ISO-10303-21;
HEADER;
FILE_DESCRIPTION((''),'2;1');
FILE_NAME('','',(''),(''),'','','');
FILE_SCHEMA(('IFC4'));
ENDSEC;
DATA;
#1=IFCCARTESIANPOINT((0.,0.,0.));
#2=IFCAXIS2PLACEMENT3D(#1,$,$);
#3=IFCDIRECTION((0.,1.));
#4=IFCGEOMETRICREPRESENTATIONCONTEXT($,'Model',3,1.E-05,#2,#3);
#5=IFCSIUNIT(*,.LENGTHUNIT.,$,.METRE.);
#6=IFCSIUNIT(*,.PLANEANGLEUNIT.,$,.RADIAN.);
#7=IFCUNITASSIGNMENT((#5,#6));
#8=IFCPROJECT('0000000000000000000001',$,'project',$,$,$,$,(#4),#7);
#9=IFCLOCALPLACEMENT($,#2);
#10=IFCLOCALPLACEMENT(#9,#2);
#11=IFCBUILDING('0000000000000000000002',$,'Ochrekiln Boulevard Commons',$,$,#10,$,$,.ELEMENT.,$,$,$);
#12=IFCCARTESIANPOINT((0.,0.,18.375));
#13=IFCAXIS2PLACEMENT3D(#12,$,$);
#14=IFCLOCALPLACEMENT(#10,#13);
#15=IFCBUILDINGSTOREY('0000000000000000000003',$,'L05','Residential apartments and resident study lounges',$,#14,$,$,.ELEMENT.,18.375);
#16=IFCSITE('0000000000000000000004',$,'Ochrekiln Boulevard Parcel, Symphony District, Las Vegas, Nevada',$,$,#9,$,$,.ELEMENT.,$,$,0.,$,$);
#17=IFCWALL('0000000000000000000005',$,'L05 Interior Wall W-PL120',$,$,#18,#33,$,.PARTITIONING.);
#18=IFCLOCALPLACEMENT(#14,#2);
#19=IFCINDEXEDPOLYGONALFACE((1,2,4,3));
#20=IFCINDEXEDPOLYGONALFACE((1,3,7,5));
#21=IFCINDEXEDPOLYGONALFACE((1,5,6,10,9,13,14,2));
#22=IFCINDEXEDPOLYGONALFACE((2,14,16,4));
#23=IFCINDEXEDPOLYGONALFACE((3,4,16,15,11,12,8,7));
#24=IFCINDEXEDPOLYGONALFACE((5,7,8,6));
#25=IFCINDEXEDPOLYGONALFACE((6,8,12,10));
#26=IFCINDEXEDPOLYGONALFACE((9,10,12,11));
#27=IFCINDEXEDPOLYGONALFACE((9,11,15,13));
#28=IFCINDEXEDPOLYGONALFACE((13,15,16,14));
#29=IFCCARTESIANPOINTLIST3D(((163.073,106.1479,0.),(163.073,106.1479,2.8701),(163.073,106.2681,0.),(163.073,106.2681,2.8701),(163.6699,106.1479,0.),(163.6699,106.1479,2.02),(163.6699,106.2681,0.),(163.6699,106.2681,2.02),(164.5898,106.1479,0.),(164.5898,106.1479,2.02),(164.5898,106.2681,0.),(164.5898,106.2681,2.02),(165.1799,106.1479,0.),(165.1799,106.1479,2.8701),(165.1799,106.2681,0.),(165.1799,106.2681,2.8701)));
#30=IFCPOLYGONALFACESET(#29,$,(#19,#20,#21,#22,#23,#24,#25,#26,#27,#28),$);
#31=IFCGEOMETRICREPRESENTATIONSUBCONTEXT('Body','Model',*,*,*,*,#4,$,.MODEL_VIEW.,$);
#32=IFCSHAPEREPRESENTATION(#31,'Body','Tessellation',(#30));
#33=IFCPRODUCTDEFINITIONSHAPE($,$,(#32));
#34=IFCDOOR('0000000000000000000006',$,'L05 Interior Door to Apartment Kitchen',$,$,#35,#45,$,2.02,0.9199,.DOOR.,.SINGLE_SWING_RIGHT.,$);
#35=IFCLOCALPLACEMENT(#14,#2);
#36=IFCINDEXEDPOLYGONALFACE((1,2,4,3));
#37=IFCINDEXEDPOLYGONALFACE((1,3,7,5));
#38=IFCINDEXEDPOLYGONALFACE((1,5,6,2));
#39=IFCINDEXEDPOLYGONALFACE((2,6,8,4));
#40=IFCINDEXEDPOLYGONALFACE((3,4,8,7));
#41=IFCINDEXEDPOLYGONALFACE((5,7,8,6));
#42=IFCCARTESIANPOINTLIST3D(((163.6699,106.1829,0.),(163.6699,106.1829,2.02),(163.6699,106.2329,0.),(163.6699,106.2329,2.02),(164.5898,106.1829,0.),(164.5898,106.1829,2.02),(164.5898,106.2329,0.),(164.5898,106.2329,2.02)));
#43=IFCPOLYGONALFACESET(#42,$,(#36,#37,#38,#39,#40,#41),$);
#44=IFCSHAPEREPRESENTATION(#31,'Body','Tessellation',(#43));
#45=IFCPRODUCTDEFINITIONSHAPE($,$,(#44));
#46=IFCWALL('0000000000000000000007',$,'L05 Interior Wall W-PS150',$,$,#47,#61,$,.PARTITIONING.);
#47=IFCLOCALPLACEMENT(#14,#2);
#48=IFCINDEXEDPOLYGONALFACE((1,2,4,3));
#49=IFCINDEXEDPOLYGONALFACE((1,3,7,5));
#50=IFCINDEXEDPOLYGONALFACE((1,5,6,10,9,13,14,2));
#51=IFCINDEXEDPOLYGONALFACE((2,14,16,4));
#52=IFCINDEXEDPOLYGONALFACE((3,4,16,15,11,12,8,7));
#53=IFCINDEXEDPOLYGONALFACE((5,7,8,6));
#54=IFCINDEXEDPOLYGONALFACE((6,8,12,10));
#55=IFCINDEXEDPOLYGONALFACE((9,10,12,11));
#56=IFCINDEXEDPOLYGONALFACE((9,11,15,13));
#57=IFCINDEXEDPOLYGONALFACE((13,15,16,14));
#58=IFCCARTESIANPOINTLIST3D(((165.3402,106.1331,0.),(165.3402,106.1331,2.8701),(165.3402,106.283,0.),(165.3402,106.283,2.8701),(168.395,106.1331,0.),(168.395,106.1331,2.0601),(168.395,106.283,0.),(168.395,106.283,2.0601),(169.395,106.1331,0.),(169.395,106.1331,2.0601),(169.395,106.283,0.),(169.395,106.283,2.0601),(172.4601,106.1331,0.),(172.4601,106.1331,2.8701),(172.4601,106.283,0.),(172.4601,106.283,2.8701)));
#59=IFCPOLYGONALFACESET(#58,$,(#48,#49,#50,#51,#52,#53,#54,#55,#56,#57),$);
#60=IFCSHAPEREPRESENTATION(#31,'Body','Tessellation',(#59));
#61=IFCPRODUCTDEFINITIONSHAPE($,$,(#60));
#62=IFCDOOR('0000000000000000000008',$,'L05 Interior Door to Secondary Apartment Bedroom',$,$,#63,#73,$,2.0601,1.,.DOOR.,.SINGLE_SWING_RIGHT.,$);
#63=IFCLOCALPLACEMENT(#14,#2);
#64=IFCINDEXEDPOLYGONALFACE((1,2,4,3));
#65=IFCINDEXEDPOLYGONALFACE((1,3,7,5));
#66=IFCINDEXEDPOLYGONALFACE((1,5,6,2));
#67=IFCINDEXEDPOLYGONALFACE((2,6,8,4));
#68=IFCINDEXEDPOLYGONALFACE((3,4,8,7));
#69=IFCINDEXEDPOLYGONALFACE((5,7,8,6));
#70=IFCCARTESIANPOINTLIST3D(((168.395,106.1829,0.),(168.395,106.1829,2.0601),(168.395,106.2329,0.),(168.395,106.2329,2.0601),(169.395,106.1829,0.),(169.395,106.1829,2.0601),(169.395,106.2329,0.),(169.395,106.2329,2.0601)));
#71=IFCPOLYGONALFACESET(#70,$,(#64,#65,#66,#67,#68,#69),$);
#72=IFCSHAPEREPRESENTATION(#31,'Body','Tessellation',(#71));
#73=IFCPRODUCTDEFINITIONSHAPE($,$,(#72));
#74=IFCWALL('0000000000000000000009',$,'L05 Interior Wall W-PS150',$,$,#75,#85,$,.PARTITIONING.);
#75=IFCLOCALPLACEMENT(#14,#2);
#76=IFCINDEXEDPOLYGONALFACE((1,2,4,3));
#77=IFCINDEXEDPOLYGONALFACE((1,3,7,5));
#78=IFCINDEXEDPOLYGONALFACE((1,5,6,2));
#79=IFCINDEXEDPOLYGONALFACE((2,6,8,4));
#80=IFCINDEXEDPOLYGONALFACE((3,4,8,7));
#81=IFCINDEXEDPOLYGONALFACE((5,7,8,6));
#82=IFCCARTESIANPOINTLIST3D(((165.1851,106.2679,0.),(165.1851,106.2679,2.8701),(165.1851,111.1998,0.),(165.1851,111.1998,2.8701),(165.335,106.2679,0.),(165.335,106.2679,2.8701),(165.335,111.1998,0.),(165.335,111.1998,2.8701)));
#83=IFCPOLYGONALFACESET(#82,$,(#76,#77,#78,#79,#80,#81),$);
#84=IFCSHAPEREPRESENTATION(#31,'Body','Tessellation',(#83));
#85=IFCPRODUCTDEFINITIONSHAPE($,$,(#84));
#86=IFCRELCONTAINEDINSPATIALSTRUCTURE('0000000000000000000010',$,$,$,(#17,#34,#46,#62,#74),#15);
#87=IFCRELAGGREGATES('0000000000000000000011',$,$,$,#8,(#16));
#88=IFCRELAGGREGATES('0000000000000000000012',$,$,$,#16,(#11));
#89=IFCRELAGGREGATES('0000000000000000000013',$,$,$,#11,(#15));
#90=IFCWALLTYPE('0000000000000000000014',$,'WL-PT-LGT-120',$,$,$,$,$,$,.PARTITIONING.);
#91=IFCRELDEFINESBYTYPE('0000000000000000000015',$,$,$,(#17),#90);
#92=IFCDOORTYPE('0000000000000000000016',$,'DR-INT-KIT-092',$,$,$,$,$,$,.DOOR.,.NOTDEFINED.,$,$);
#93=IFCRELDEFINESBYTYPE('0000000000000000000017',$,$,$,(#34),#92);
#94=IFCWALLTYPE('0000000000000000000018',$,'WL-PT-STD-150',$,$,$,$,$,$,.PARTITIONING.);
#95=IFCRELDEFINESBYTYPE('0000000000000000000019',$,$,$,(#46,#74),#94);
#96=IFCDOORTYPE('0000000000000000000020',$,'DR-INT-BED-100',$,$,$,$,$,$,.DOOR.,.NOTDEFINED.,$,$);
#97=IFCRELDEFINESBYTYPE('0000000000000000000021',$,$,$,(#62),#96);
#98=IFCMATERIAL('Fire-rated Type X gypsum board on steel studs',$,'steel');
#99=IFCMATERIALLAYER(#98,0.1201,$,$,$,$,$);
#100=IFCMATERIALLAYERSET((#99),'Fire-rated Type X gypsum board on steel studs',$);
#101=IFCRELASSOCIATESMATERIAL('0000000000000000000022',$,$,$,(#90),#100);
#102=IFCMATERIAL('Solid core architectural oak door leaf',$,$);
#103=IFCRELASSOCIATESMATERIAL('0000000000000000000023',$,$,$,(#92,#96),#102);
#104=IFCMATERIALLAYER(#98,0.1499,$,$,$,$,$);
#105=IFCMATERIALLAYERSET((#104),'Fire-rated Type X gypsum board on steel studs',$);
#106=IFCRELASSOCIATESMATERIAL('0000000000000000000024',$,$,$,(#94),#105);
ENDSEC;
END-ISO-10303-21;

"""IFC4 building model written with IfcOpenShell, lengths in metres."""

from ifc_helpers import new_model, si_unit, direction, frame, frame_2d, origin, place, context, subcontext, project, spatial, rectangle, extrude, material, layer, layer_set, type_object, element, fill, save


model = new_model("IFC4")

# Units and contexts
model_context = context("Model", 3, precision=1e-05, world=origin(), true_north=direction((0.0, 1.0)))
body_context = subcontext(model_context, "Body", "Model", "MODEL_VIEW")
ifc_project = project(units=[si_unit("LENGTHUNIT", "METRE"), si_unit("PLANEANGLEUNIT", "RADIAN")], contexts=[model_context])

# Site, building, storey
site_placement = place(None, origin())
site = spatial("IfcSite", under=ifc_project, at=site_placement, Name="Ochrekiln Boulevard Parcel, Symphony District, Las Vegas, Nevada", CompositionType="ELEMENT", RefElevation=0.0)
building_placement = place(site_placement, origin())
building = spatial("IfcBuilding", under=site, at=building_placement, Name="Ochrekiln Boulevard Commons", CompositionType="ELEMENT")
storey_placement = place(building_placement, frame((0.0, 0.0, 18.375)))
storey = spatial("IfcBuildingStorey", under=building, at=storey_placement, Name="L05", Description="Residential apartments and resident study lounges", CompositionType="ELEMENT", Elevation=18.375)

# Shared definitions
ifc_material_1 = material(Name="Fire-rated Type X gypsum board on steel studs", Category="steel")

# Shared definitions
ifc_material_2 = material(Name="Solid core architectural oak door leaf")

# Walls, openings, doors
ifc_layer_1 = layer(ifc_material_1, 0.1201)
ifc_layer_set_1 = layer_set([ifc_layer_1], Name="Fire-rated Type X gypsum board on steel studs")
wall_type_1 = type_object("IfcWallType", Name="WL-PT-LGT-120", PredefinedType="PARTITIONING", material=ifc_layer_set_1)
wall_1_placement = place(storey_placement, frame((163.073, 106.208, 0.0), z_axis=(0.0, 0.0, 1.0), x_axis=(1.0, 0.0, 0.0)))
wall_1 = element("IfcWall", 1, at=wall_1_placement, inside=storey, type_object=wall_type_1, Name="L05 Interior Wall W-PL120", PredefinedType="PARTITIONING", context=body_context, shape_type="SweptSolid", body=[
    extrude(rectangle(XDim=2.1069, YDim=0.1201, at=frame_2d((1.0535, 0.0))), origin(), (0.0, 0.0, 1.0), 2.8701),
])
opening_1_placement = place(wall_1_placement, frame((0.5969, 0.0, 0.0)))
opening_1 = element("IfcOpeningElement", 2, at=opening_1_placement, cuts=wall_1, PredefinedType="OPENING", context=body_context, shape_type="SweptSolid", body=[
    extrude(rectangle(XDim=0.9199, YDim=2.02, at=frame_2d((0.46, 1.01))), frame((0.0, 0.0701, 0.0), z_axis=(0.0, -1.0, 0.0), x_axis=(1.0, 0.0, 0.0)), (0.0, 0.0, 1.0), 0.1401),
])
door_type_1 = type_object("IfcDoorType", Name="DR-INT-KIT-092", OperationType="NOTDEFINED", PredefinedType="DOOR", material=ifc_material_2)
door_1_placement = place(opening_1_placement, origin())
door_1 = element("IfcDoor", 3, at=door_1_placement, inside=storey, type_object=door_type_1, Name="L05 Interior Door to Apartment Kitchen", OperationType="SINGLE_SWING_RIGHT", OverallHeight=2.02, OverallWidth=0.9199, PredefinedType="DOOR", context=body_context, shape_type="SweptSolid", body=[
    extrude(rectangle(XDim=0.9199, YDim=2.02, at=frame_2d((0.46, 1.01))), frame((0.0, 0.0249, 0.0), z_axis=(0.0, -1.0, 0.0), x_axis=(1.0, 0.0, 0.0)), (0.0, 0.0, 1.0), 0.05),
])
fill(opening_1, door_1)
ifc_layer_2 = layer(ifc_material_1, 0.1499)
ifc_layer_set_2 = layer_set([ifc_layer_2], Name="Fire-rated Type X gypsum board on steel studs")
wall_type_2 = type_object("IfcWallType", Name="WL-PT-STD-150", PredefinedType="PARTITIONING", material=ifc_layer_set_2)
wall_2_placement = place(storey_placement, frame((165.3401, 106.208, 0.0), z_axis=(0.0, 0.0, 1.0), x_axis=(1.0, 0.0, 0.0)))
wall_2 = element("IfcWall", 4, at=wall_2_placement, inside=storey, type_object=wall_type_2, Name="L05 Interior Wall W-PS150", PredefinedType="PARTITIONING", context=body_context, shape_type="SweptSolid", body=[
    extrude(rectangle(XDim=7.1199, YDim=0.1499, at=frame_2d((3.5601, 0.0))), origin(), (0.0, 0.0, 1.0), 2.8701),
])
opening_2_placement = place(wall_2_placement, frame((3.0549, 0.0, 0.0)))
opening_2 = element("IfcOpeningElement", 5, at=opening_2_placement, cuts=wall_2, PredefinedType="OPENING", context=body_context, shape_type="SweptSolid", body=[
    extrude(rectangle(XDim=1.0, YDim=2.0601, at=frame_2d((0.5, 1.03))), frame((0.0, 0.085, 0.0), z_axis=(0.0, -1.0, 0.0), x_axis=(1.0, 0.0, 0.0)), (0.0, 0.0, 1.0), 0.1699),
])
door_type_2 = type_object("IfcDoorType", Name="DR-INT-BED-100", OperationType="NOTDEFINED", PredefinedType="DOOR", material=ifc_material_2)
door_2_placement = place(opening_2_placement, origin())
door_2 = element("IfcDoor", 6, at=door_2_placement, inside=storey, type_object=door_type_2, Name="L05 Interior Door to Secondary Apartment Bedroom", OperationType="SINGLE_SWING_RIGHT", OverallHeight=2.0601, OverallWidth=1.0, PredefinedType="DOOR", context=body_context, shape_type="SweptSolid", body=[
    extrude(rectangle(XDim=1.0, YDim=2.0601, at=frame_2d((0.5, 1.03))), frame((0.0, 0.0249, 0.0), z_axis=(0.0, -1.0, 0.0), x_axis=(1.0, 0.0, 0.0)), (0.0, 0.0, 1.0), 0.05),
])
fill(opening_2, door_2)

# Wall
wall_3_placement = place(storey_placement, frame((165.26, 106.2681, 0.0), z_axis=(0.0, 0.0, 1.0), x_axis=(0.0, 1.0, 0.0)))
element("IfcWall", 7, at=wall_3_placement, inside=storey, type_object=wall_type_2, Name="L05 Interior Wall W-PS150", PredefinedType="PARTITIONING", context=body_context, shape_type="SweptSolid", body=[
    extrude(rectangle(XDim=4.9319, YDim=0.1499, at=frame_2d((2.4658, 0.0))), origin(), (0.0, 0.0, 1.0), 2.8701),
])

save(model, "model.ifc")
